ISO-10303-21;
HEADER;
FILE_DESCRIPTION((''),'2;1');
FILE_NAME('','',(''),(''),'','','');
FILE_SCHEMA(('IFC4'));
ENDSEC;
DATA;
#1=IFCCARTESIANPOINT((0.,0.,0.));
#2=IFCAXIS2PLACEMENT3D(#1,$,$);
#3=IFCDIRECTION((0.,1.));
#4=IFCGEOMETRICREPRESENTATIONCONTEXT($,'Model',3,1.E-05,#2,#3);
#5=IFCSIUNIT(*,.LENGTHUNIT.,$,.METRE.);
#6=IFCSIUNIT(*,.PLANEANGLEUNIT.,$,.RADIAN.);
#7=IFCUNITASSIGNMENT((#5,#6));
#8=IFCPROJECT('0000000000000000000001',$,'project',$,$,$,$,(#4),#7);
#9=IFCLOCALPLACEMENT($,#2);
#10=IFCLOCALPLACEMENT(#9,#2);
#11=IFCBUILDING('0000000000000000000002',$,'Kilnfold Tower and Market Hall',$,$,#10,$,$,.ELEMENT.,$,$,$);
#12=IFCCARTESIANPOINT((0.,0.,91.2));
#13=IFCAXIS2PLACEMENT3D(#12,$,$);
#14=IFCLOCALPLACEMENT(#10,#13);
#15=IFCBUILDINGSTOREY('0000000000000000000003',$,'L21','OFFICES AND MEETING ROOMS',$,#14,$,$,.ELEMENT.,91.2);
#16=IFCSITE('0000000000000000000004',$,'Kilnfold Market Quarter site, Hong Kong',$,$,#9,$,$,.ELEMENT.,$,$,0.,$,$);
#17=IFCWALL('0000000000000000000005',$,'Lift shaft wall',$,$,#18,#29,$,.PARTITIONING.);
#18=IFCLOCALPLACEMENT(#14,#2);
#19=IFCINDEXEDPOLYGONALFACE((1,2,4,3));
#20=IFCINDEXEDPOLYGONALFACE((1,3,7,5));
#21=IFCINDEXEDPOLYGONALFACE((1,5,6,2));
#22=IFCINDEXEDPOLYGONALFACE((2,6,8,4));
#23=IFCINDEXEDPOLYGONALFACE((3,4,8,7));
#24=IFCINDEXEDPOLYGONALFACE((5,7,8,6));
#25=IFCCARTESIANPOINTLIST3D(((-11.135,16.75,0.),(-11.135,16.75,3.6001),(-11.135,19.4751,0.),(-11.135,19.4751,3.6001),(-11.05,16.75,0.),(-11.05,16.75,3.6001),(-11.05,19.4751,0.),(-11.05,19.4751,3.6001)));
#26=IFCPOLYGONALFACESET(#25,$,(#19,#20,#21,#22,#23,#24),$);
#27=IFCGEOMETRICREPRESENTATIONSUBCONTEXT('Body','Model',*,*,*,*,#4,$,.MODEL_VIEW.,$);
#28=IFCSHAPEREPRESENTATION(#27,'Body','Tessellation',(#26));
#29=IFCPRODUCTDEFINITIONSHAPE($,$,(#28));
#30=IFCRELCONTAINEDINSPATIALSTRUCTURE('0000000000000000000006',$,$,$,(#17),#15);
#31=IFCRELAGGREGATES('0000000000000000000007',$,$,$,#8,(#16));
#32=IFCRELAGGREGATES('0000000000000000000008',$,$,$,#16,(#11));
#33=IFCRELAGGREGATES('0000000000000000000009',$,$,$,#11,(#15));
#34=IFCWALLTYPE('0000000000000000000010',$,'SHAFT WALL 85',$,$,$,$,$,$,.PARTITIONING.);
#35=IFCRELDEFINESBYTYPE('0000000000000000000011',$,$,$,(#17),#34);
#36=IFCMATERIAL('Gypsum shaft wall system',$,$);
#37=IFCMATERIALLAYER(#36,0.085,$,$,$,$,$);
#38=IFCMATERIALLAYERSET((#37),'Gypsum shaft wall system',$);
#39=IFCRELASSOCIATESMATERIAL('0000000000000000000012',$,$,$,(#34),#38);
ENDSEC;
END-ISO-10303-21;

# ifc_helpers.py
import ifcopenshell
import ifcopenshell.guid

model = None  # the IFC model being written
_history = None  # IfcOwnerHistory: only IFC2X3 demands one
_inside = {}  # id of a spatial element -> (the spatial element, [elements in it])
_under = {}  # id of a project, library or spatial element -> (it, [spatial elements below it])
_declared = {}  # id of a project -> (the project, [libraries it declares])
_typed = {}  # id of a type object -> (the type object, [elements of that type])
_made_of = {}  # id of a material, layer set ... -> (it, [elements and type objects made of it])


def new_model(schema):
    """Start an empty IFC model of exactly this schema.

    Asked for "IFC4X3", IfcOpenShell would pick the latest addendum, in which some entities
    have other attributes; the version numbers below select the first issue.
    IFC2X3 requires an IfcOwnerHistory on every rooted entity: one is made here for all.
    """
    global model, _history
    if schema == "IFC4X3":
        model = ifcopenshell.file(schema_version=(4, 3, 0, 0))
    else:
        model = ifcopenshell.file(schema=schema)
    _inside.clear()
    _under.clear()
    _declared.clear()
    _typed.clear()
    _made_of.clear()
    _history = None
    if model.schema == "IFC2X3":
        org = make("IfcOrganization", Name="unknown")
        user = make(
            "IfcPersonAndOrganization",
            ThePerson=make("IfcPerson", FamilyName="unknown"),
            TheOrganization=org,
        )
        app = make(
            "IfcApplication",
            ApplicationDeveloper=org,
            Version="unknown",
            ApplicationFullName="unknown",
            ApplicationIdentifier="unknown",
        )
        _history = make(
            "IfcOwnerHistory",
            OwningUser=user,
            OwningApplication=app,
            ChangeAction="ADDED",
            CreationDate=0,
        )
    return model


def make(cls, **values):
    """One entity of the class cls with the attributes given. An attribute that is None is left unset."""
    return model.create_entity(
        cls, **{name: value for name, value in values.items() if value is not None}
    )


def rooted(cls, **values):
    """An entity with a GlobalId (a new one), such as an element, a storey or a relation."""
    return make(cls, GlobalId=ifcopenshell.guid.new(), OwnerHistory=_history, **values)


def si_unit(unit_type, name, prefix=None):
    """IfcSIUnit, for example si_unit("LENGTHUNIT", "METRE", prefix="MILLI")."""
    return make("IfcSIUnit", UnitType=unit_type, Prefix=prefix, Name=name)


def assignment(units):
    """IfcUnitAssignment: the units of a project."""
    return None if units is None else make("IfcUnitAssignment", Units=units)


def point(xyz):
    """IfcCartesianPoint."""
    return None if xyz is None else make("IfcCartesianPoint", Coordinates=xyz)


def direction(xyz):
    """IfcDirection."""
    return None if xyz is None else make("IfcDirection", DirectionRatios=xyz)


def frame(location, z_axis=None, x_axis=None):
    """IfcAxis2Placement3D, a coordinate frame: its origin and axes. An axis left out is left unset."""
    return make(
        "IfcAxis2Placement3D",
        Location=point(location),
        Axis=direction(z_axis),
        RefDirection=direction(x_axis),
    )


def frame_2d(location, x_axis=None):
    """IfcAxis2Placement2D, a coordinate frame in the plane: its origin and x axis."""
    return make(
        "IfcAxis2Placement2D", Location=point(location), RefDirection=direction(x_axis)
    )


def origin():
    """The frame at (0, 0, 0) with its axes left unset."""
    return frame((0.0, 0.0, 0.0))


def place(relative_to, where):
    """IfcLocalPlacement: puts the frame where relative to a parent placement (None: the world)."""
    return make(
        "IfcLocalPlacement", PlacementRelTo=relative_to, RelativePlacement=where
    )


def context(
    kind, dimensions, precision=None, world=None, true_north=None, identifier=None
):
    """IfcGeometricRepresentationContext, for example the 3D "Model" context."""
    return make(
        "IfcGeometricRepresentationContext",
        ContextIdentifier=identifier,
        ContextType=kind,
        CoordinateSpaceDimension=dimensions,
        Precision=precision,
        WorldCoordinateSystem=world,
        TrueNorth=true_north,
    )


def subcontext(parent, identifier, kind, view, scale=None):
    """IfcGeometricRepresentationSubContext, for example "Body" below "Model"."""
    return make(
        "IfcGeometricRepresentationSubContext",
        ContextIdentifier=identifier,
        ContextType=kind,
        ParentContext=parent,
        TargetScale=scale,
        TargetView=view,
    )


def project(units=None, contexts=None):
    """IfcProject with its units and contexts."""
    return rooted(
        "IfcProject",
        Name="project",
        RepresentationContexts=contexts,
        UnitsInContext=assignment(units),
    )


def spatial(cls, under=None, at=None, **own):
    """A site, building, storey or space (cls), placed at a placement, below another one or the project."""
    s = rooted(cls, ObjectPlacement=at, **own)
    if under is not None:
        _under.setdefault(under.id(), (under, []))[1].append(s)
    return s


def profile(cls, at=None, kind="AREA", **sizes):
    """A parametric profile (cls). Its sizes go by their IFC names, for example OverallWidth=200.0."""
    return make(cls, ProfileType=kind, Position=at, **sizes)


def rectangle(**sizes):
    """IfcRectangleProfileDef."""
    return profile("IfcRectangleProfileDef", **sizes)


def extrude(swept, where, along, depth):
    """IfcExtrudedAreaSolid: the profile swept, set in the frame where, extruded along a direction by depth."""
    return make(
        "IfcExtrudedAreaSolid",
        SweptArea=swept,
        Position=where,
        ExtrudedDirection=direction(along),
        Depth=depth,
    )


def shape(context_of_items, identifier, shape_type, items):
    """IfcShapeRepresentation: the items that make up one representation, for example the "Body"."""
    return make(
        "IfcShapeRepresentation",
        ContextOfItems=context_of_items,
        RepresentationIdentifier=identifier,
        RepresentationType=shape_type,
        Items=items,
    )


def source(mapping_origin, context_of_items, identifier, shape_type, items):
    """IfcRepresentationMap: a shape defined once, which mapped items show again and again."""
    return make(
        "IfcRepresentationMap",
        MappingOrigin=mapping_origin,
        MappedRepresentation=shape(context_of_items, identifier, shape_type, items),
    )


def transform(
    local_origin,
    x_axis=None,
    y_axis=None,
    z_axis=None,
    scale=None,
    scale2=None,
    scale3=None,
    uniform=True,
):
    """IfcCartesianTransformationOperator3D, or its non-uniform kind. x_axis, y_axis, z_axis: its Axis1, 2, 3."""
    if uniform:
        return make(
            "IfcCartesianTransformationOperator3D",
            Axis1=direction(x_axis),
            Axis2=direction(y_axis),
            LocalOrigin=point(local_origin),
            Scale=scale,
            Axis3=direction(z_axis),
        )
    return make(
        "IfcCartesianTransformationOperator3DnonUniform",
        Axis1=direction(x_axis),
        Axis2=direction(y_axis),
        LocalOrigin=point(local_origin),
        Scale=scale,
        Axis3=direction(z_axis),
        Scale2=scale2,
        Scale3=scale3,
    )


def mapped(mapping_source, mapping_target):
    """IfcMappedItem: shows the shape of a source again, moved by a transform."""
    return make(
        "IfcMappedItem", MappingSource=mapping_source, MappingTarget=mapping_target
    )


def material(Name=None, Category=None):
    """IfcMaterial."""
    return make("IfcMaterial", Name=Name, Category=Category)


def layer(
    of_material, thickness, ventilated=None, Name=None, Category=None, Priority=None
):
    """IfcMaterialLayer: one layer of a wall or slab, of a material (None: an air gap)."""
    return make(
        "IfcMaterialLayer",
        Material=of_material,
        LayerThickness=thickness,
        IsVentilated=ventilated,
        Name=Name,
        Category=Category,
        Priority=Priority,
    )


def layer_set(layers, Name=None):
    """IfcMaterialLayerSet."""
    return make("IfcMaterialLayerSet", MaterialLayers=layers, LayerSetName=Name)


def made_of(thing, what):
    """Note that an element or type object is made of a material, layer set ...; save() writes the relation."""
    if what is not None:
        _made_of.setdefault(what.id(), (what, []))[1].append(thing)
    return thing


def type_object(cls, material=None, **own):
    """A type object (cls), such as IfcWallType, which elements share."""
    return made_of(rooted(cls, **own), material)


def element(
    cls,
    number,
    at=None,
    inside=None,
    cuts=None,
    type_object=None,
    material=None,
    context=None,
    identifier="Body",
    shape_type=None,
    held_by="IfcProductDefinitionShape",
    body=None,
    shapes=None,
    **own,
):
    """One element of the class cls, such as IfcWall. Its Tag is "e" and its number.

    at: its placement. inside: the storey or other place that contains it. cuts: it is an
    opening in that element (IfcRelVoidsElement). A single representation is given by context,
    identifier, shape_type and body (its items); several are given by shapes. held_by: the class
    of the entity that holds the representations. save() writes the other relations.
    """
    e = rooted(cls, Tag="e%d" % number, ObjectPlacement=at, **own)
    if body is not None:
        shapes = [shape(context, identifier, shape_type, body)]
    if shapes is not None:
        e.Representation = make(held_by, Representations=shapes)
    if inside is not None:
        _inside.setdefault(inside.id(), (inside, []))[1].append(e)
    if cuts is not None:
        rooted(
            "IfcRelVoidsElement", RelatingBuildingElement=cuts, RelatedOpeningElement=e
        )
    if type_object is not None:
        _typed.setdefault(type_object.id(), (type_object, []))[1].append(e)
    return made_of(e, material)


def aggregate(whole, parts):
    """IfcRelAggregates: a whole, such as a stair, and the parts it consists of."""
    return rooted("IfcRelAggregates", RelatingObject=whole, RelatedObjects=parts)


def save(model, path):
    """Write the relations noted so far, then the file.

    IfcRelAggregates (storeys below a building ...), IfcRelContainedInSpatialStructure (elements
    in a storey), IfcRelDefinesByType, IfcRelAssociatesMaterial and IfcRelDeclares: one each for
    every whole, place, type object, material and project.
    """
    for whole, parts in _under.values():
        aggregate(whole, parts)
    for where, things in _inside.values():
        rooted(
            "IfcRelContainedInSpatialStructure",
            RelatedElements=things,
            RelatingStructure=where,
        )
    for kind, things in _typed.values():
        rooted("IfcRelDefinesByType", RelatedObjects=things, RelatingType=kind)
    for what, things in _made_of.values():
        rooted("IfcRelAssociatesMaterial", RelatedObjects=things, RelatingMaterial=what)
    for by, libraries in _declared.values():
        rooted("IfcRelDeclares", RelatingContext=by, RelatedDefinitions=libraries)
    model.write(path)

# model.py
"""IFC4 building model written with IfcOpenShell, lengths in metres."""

from ifc_helpers import new_model, si_unit, direction, frame, frame_2d, origin, place, context, subcontext, project, spatial, rectangle, extrude, source, transform, mapped, material, layer, layer_set, type_object, element, save


model = new_model("IFC4")

# Units and contexts
model_context = context("Model", 3, precision=1e-05, world=origin(), true_north=direction((0.0, 1.0)))
body_context = subcontext(model_context, "Body", "Model", "MODEL_VIEW")
ifc_project = project(units=[si_unit("LENGTHUNIT", "METRE"), si_unit("PLANEANGLEUNIT", "RADIAN")], contexts=[model_context])

# Site, building, storey
site_placement = place(None, origin())
site = spatial("IfcSite", under=ifc_project, at=site_placement, Name="Kilnfold Market Quarter site, Hong Kong", CompositionType="ELEMENT", RefElevation=0.0)
building_placement = place(site_placement, origin())
building = spatial("IfcBuilding", under=site, at=building_placement, Name="Kilnfold Tower and Market Hall", CompositionType="ELEMENT")
storey_placement = place(building_placement, frame((0.0, 0.0, 91.2)))
storey = spatial("IfcBuildingStorey", under=building, at=storey_placement, Name="L21", Description="OFFICES AND MEETING ROOMS", CompositionType="ELEMENT", Elevation=91.2)

# Wall
ifc_material_1 = material(Name="Gypsum shaft wall system")
ifc_layer_1 = layer(ifc_material_1, 0.085)
ifc_layer_set_1 = layer_set([ifc_layer_1], Name="Gypsum shaft wall system")
wall_type_1 = type_object("IfcWallType", Name="SHAFT WALL 85", PredefinedType="PARTITIONING", material=ifc_layer_set_1)
shared_shape_1 = source(origin(), body_context, "Body", "SweptSolid", [
    extrude(rectangle(XDim=2.7251, YDim=0.085, at=frame_2d((1.3625, 0.0))), origin(), (0.0, 0.0, 1.0), 3.6001),
])
wall_1_placement = place(storey_placement, frame((-11.0925, 16.75, 0.0), z_axis=(0.0, 0.0, 1.0), x_axis=(0.0, 1.0, 0.0)))
element("IfcWall", 1, at=wall_1_placement, inside=storey, type_object=wall_type_1, Name="Lift shaft wall", PredefinedType="PARTITIONING", context=body_context, shape_type="MappedRepresentation", body=[
    mapped(shared_shape_1, transform((0.0, 0.0, 0.0))),
])

save(model, "model.ifc")
